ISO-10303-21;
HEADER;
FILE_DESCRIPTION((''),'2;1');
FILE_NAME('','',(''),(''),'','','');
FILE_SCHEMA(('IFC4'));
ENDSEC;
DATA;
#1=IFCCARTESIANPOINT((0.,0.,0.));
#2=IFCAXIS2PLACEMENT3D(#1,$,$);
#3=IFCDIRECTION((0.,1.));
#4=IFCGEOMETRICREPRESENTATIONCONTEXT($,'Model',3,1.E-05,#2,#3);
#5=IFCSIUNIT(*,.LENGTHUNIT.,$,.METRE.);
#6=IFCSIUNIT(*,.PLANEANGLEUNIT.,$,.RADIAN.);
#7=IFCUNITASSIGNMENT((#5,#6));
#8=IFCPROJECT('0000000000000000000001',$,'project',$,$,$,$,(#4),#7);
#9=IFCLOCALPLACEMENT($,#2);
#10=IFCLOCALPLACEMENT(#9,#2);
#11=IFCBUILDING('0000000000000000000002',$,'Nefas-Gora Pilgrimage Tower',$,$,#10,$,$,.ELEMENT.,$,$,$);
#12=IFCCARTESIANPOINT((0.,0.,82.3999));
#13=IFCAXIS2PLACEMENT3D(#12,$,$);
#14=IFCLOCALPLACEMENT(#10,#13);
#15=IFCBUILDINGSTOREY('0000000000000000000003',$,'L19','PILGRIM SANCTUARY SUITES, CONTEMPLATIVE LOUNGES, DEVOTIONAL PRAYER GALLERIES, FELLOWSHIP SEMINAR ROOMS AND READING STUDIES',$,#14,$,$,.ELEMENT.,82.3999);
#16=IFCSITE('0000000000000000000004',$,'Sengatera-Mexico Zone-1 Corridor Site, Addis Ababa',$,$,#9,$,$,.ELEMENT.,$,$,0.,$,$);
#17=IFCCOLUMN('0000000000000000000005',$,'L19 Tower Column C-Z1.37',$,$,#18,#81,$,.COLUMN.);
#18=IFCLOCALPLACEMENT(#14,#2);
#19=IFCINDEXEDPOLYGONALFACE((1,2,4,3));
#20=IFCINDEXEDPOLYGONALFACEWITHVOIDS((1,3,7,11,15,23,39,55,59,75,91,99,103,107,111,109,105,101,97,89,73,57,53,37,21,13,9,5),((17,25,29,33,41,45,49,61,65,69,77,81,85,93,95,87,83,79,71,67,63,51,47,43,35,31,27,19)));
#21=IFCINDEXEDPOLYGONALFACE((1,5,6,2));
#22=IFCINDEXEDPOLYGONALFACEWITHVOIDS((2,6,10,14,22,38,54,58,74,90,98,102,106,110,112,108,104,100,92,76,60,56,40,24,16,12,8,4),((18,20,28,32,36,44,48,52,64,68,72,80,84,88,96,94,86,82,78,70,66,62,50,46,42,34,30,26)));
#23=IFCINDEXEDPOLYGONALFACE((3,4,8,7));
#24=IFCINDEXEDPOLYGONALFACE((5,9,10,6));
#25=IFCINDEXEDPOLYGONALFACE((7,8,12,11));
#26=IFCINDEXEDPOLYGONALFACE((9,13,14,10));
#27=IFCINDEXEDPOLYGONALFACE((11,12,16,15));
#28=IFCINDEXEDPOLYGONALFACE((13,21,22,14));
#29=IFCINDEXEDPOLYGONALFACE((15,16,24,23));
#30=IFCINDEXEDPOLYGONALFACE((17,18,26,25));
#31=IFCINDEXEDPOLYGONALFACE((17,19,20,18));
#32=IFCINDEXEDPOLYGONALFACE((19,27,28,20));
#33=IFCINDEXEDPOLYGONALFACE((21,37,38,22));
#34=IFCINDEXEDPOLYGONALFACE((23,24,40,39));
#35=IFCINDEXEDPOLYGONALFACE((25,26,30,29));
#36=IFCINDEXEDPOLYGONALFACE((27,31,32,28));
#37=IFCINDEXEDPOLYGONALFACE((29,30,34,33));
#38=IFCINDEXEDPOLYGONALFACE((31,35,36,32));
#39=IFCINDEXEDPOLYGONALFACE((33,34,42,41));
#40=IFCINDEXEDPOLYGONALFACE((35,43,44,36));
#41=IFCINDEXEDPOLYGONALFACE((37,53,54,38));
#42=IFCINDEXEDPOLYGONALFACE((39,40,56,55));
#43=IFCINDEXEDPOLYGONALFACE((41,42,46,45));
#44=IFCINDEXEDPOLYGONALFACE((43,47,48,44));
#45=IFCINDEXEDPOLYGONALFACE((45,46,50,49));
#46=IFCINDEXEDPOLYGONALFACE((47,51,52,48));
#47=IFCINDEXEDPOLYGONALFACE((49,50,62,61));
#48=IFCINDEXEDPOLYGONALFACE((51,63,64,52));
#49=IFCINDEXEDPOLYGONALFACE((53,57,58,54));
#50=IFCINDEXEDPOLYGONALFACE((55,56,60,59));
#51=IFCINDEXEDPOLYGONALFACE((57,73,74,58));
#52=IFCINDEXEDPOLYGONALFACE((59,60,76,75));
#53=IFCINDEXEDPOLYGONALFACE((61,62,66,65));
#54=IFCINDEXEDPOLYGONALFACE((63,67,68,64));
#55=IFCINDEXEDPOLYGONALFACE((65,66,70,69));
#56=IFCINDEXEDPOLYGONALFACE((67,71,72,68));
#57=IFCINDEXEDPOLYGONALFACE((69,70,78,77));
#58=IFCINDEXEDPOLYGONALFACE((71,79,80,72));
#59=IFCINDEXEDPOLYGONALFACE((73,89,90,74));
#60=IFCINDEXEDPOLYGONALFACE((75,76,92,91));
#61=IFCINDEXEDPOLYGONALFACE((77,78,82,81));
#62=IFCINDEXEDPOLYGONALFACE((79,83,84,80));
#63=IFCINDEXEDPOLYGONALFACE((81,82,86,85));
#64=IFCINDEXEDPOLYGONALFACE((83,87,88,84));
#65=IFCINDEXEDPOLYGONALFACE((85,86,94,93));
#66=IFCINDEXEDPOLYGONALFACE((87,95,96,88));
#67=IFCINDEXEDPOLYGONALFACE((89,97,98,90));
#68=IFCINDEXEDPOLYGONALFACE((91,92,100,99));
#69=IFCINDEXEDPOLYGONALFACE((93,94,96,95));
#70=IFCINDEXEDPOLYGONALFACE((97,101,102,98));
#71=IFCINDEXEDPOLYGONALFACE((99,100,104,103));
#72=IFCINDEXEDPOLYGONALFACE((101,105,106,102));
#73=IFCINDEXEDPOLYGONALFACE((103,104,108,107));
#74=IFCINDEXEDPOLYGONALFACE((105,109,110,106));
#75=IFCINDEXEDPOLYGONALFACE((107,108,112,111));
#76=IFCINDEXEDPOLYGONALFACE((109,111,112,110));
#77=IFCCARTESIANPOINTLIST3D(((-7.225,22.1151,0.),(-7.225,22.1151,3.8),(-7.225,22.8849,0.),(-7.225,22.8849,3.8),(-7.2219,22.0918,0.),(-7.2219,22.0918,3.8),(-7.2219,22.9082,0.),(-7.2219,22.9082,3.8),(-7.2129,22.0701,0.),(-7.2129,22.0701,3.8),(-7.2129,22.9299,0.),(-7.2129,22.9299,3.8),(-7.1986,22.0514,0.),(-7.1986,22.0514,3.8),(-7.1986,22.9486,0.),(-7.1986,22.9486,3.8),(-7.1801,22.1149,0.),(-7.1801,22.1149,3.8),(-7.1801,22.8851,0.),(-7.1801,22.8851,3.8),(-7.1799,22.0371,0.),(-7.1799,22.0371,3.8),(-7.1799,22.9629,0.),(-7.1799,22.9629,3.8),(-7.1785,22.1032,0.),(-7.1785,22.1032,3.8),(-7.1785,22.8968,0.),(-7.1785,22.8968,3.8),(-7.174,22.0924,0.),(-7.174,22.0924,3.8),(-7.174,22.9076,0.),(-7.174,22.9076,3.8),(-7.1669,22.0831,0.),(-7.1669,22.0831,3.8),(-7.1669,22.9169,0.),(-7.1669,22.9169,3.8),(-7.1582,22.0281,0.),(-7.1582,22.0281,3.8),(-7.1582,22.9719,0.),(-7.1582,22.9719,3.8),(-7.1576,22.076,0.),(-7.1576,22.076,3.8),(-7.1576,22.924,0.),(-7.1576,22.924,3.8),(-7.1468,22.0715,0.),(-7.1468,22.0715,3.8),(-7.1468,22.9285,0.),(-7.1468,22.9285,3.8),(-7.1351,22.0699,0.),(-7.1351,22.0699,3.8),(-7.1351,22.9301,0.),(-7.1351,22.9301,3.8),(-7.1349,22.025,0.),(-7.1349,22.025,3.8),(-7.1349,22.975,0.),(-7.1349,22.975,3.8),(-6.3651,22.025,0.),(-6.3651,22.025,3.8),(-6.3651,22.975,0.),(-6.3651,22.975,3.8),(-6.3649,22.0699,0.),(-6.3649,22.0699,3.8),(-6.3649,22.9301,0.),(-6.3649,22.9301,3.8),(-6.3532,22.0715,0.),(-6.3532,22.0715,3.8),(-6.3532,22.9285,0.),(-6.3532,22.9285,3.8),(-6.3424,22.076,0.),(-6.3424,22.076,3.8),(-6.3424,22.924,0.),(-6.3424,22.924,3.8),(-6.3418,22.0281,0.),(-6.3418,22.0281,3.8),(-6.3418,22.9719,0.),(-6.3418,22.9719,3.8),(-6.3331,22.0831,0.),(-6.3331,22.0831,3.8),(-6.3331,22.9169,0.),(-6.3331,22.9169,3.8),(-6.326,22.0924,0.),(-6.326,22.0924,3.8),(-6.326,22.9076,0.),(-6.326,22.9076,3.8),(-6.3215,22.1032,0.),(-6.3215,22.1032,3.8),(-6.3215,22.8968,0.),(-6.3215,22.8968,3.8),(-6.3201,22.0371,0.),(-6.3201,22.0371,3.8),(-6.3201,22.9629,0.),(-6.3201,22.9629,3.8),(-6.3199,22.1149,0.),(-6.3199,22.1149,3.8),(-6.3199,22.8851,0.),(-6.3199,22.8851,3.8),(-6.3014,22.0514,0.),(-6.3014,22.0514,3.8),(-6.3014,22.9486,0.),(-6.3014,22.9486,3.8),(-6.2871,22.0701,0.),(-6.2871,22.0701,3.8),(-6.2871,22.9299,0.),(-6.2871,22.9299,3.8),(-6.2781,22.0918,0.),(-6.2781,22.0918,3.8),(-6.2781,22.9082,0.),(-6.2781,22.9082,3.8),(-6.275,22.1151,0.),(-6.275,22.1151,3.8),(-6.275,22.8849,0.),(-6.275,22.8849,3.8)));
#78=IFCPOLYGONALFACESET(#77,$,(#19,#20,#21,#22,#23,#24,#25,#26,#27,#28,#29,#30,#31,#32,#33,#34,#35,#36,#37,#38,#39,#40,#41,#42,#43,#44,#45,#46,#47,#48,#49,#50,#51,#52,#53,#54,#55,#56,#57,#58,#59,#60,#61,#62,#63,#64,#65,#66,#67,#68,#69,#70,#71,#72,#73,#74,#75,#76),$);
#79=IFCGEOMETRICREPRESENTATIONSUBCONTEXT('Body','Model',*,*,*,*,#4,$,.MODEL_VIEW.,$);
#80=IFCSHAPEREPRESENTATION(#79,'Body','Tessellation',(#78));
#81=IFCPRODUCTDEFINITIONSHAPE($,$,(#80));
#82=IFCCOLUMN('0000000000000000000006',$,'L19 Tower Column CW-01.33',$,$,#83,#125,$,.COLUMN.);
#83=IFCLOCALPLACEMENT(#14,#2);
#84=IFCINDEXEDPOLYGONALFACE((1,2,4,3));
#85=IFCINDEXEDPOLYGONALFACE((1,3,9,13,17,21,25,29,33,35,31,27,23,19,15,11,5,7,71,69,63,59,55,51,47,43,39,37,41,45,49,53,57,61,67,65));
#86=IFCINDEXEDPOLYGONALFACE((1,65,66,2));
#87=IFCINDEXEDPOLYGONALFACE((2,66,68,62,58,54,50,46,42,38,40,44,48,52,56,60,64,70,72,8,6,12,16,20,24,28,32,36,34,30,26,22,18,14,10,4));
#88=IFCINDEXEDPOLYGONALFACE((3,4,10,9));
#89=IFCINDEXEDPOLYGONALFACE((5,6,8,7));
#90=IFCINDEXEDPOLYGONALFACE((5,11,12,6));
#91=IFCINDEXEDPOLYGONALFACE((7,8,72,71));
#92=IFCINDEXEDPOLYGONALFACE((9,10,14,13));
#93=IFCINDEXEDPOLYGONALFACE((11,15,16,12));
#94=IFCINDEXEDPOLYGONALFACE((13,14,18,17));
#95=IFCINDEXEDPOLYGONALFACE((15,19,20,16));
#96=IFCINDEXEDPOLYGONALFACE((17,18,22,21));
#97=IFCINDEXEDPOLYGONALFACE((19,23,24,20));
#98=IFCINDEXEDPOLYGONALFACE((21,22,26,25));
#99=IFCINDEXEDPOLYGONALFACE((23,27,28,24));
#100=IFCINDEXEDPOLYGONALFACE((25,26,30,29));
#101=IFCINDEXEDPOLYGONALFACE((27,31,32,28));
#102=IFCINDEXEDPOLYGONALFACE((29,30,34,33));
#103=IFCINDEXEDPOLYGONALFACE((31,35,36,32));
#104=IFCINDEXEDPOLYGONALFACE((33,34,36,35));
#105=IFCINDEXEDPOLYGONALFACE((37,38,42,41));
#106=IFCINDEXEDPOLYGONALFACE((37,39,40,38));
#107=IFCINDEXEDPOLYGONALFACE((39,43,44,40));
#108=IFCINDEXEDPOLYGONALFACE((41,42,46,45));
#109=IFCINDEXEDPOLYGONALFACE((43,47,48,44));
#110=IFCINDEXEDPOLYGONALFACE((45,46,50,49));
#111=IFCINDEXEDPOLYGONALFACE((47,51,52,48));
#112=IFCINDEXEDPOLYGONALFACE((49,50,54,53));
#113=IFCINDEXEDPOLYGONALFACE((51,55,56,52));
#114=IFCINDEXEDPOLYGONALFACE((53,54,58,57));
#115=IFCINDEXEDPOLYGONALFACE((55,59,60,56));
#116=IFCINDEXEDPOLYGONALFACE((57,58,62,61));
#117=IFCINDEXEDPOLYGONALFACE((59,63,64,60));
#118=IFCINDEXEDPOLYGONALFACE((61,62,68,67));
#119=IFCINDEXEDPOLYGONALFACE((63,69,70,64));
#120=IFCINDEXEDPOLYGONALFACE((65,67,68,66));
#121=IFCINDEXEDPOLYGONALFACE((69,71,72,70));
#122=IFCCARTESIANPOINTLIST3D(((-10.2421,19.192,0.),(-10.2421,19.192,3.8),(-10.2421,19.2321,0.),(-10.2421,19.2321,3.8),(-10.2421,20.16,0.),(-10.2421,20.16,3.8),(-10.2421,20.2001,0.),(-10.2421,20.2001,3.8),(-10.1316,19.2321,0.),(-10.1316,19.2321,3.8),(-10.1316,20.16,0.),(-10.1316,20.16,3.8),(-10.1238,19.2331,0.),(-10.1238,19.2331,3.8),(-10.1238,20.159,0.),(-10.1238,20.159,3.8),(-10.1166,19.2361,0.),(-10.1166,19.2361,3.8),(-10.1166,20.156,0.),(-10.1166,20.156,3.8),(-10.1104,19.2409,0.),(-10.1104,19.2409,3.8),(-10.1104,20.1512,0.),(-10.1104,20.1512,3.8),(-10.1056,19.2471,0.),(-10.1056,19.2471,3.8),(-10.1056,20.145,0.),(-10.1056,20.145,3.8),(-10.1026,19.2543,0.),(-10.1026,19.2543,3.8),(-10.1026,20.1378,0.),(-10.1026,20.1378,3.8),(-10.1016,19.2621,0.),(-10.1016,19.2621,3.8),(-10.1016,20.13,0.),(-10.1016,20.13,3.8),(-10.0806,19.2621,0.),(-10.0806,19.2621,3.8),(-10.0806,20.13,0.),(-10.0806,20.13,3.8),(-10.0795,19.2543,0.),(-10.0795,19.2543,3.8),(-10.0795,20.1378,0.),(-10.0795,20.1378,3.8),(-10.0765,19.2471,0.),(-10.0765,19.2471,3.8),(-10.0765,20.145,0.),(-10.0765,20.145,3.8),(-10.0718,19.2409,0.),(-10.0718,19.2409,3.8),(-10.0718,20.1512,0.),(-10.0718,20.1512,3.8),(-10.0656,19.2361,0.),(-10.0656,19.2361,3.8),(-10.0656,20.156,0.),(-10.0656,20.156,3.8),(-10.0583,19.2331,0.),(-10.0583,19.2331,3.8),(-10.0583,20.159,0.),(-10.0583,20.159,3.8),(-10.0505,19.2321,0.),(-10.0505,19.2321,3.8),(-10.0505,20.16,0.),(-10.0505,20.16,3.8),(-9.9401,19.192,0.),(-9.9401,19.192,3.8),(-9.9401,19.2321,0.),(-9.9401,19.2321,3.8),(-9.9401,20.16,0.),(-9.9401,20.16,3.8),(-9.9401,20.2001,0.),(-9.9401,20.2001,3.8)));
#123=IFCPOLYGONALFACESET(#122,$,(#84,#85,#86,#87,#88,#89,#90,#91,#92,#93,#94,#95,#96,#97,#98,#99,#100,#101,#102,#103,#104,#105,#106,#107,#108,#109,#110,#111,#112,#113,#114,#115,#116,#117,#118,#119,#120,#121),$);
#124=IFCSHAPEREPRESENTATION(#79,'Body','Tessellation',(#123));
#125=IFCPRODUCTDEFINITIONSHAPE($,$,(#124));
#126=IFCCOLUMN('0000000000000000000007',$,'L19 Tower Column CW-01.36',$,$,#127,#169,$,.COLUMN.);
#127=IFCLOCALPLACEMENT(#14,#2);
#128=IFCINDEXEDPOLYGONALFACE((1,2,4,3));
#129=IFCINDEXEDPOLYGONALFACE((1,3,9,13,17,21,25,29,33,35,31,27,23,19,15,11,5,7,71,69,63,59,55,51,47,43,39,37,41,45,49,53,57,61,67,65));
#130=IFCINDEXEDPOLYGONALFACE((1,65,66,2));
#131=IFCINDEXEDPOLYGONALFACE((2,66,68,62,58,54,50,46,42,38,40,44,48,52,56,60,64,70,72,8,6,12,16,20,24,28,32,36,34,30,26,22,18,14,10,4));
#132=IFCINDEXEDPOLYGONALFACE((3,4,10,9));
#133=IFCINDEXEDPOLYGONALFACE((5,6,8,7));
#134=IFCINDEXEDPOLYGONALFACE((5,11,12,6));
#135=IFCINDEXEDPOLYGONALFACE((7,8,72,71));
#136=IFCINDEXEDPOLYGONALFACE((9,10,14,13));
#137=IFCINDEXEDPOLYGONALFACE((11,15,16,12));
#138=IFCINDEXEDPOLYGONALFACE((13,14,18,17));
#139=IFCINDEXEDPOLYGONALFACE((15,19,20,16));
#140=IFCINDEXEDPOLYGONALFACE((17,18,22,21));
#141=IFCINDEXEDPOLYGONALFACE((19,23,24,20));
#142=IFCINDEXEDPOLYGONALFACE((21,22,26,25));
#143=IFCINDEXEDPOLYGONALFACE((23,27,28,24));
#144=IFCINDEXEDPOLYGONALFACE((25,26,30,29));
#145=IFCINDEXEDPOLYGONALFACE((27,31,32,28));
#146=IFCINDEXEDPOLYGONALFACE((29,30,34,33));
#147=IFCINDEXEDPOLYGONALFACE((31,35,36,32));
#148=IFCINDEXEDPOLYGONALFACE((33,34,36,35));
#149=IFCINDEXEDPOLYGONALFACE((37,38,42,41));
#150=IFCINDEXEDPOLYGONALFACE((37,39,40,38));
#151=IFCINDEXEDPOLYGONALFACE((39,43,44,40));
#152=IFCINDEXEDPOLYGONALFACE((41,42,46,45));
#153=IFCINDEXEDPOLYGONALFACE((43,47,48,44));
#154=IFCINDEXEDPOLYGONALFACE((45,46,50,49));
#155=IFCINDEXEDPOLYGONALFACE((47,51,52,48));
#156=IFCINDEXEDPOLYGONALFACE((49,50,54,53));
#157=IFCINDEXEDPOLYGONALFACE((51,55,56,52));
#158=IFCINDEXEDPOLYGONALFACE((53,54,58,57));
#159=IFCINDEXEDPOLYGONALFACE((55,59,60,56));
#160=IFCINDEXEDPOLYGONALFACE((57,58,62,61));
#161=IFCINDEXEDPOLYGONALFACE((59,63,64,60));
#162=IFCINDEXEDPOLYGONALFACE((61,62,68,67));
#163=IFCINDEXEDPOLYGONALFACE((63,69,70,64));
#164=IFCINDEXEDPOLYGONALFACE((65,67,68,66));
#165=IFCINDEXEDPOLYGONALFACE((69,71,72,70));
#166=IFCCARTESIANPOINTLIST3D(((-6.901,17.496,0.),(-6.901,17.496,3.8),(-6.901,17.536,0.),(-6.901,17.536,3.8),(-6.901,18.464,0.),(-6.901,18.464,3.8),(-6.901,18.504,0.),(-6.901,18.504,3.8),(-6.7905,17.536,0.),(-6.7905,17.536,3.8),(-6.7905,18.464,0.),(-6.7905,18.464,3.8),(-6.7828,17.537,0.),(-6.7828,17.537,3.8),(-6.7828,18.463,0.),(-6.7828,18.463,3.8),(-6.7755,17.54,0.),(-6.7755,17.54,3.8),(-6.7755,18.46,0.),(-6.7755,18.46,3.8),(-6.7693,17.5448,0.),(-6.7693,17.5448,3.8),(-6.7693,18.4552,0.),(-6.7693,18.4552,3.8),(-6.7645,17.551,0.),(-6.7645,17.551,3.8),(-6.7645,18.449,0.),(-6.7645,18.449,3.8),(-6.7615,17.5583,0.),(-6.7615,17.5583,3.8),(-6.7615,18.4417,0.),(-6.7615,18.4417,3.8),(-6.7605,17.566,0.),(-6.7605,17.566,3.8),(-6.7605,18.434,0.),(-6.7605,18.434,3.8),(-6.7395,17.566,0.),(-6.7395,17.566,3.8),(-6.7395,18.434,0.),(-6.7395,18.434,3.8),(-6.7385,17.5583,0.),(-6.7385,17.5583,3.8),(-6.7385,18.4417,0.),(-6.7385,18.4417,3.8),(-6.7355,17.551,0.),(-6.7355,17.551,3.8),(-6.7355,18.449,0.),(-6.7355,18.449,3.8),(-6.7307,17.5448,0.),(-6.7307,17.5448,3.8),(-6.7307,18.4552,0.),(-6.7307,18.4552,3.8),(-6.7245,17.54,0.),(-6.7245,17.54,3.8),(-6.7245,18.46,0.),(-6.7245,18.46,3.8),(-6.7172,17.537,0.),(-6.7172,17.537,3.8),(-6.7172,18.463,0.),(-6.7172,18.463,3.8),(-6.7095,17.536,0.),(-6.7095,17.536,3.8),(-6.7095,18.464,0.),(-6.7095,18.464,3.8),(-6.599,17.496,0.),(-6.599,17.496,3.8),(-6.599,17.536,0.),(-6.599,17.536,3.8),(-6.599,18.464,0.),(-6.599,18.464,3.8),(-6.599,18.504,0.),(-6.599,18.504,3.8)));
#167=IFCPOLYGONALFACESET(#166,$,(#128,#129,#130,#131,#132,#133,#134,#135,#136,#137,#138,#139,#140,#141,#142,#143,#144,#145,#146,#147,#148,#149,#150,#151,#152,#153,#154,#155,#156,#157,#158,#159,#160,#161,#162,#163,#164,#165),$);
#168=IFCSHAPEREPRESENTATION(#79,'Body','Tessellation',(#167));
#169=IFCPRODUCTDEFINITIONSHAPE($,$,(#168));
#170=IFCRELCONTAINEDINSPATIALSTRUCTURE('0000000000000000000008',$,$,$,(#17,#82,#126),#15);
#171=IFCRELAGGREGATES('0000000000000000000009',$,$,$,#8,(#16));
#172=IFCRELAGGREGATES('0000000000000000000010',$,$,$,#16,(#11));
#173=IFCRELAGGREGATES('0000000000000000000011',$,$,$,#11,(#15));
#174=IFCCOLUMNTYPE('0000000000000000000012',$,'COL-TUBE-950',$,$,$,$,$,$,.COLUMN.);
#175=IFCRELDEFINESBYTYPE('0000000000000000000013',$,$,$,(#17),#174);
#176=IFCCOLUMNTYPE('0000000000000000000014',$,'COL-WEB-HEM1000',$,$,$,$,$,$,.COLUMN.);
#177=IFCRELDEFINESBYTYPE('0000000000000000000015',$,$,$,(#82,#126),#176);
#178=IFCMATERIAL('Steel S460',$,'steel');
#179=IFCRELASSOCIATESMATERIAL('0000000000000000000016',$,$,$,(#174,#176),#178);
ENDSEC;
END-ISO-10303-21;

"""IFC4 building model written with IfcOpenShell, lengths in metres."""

from ifc_helpers import new_model, si_unit, direction, frame, origin, origin_2d, place, context, subcontext, project, spatial, hollow_rectangle, i_section, extrude, source, transform, mapped, material, material_profile, profile_set, type_object, element, save


model = new_model("IFC4")

# Units and contexts
model_context = context("Model", 3, precision=1e-05, world=origin(), true_north=direction((0.0, 1.0)))
body_context = subcontext(model_context, "Body", "Model", "MODEL_VIEW")
ifc_project = project(units=[si_unit("LENGTHUNIT", "METRE"), si_unit("PLANEANGLEUNIT", "RADIAN")], contexts=[model_context])

# Site, building, storey
site_placement = place(None, origin())
site = spatial("IfcSite", under=ifc_project, at=site_placement, Name="Sengatera-Mexico Zone-1 Corridor Site, Addis Ababa", CompositionType="ELEMENT", RefElevation=0.0)
building_placement = place(site_placement, origin())
building = spatial("IfcBuilding", under=site, at=building_placement, Name="Nefas-Gora Pilgrimage Tower", CompositionType="ELEMENT")
storey_placement = place(building_placement, frame((0.0, 0.0, 82.3999)))
storey = spatial("IfcBuildingStorey", under=building, at=storey_placement, Name="L19", Description="PILGRIM SANCTUARY SUITES, CONTEMPLATIVE LOUNGES, DEVOTIONAL PRAYER GALLERIES, FELLOWSHIP SEMINAR ROOMS AND READING STUDIES", CompositionType="ELEMENT", Elevation=82.3999)

# Columns
ifc_material_1 = material(Name="Steel S460", Category="steel")
ifc_material_profile_1 = material_profile(ifc_material_1, hollow_rectangle(XDim=0.95, YDim=0.95, WallThickness=0.0449, InnerFilletRadius=0.0449, OuterFilletRadius=0.0901, at=origin_2d()), Name="BOX 950x950x45")
ifc_profile_set_1 = profile_set([ifc_material_profile_1], Name="Steel S460")
column_type_1 = type_object("IfcColumnType", Name="COL-TUBE-950", PredefinedType="COLUMN", material=ifc_profile_set_1)
shared_shape_1 = source(origin(), body_context, "Body", "SweptSolid", [
    extrude(hollow_rectangle(XDim=0.95, YDim=0.95, WallThickness=0.0449, InnerFilletRadius=0.0449, OuterFilletRadius=0.0901, at=origin_2d()), origin(), (0.0, 0.0, 1.0), 3.8),
])
column_placement = place(storey_placement, frame((-6.75, 22.5, 0.0), z_axis=(0.0, 0.0, 1.0), x_axis=(1.0, 0.0, 0.0)))
element("IfcColumn", 1, at=column_placement, inside=storey, type_object=column_type_1, Name="L19 Tower Column C-Z1.37", PredefinedType="COLUMN", context=body_context, shape_type="MappedRepresentation", body=[
    mapped(shared_shape_1, transform((0.0, 0.0, 0.0), x_axis=(1.0, 0.0, 0.0), y_axis=(0.0, 1.0, 0.0), z_axis=(0.0, 0.0, 1.0), scale=1.0)),
])
ifc_material_profile_2 = material_profile(ifc_material_1, i_section(OverallWidth=0.302, OverallDepth=1.0081, WebThickness=0.021, FlangeThickness=0.04, FilletRadius=0.03, at=origin_2d()), Name="HEM 1000")
ifc_profile_set_2 = profile_set([ifc_material_profile_2], Name="Steel S460")
column_type_2 = type_object("IfcColumnType", Name="COL-WEB-HEM1000", PredefinedType="COLUMN", material=ifc_profile_set_2)
shared_shape_2 = source(origin(), body_context, "Body", "SweptSolid", [
    extrude(i_section(OverallWidth=0.302, OverallDepth=1.0081, WebThickness=0.021, FlangeThickness=0.04, FilletRadius=0.03, at=origin_2d()), origin(), (0.0, 0.0, 1.0), 3.8),
])
for number, where, z_axis, x_axis, name in (
    (2, (-10.0911, 19.696, 0.0), (0.0, 0.0, 1.0), (1.0, 0.0, 0.0), "L19 Tower Column CW-01.33"),
    (3, (-6.75, 18.0, 0.0), (0.0, 0.0, 1.0), (1.0, 0.0, 0.0), "L19 Tower Column CW-01.36"),
):
    element("IfcColumn", number, at=place(storey_placement, frame(where, z_axis=z_axis, x_axis=x_axis)), inside=storey, type_object=column_type_2, Name=name, PredefinedType="COLUMN", context=body_context, shape_type="MappedRepresentation", body=[
        mapped(shared_shape_2, transform((0.0, 0.0, 0.0), x_axis=(1.0, 0.0, 0.0), y_axis=(0.0, 1.0, 0.0), z_axis=(0.0, 0.0, 1.0), scale=1.0)),
    ])

save(model, "model.ifc")
